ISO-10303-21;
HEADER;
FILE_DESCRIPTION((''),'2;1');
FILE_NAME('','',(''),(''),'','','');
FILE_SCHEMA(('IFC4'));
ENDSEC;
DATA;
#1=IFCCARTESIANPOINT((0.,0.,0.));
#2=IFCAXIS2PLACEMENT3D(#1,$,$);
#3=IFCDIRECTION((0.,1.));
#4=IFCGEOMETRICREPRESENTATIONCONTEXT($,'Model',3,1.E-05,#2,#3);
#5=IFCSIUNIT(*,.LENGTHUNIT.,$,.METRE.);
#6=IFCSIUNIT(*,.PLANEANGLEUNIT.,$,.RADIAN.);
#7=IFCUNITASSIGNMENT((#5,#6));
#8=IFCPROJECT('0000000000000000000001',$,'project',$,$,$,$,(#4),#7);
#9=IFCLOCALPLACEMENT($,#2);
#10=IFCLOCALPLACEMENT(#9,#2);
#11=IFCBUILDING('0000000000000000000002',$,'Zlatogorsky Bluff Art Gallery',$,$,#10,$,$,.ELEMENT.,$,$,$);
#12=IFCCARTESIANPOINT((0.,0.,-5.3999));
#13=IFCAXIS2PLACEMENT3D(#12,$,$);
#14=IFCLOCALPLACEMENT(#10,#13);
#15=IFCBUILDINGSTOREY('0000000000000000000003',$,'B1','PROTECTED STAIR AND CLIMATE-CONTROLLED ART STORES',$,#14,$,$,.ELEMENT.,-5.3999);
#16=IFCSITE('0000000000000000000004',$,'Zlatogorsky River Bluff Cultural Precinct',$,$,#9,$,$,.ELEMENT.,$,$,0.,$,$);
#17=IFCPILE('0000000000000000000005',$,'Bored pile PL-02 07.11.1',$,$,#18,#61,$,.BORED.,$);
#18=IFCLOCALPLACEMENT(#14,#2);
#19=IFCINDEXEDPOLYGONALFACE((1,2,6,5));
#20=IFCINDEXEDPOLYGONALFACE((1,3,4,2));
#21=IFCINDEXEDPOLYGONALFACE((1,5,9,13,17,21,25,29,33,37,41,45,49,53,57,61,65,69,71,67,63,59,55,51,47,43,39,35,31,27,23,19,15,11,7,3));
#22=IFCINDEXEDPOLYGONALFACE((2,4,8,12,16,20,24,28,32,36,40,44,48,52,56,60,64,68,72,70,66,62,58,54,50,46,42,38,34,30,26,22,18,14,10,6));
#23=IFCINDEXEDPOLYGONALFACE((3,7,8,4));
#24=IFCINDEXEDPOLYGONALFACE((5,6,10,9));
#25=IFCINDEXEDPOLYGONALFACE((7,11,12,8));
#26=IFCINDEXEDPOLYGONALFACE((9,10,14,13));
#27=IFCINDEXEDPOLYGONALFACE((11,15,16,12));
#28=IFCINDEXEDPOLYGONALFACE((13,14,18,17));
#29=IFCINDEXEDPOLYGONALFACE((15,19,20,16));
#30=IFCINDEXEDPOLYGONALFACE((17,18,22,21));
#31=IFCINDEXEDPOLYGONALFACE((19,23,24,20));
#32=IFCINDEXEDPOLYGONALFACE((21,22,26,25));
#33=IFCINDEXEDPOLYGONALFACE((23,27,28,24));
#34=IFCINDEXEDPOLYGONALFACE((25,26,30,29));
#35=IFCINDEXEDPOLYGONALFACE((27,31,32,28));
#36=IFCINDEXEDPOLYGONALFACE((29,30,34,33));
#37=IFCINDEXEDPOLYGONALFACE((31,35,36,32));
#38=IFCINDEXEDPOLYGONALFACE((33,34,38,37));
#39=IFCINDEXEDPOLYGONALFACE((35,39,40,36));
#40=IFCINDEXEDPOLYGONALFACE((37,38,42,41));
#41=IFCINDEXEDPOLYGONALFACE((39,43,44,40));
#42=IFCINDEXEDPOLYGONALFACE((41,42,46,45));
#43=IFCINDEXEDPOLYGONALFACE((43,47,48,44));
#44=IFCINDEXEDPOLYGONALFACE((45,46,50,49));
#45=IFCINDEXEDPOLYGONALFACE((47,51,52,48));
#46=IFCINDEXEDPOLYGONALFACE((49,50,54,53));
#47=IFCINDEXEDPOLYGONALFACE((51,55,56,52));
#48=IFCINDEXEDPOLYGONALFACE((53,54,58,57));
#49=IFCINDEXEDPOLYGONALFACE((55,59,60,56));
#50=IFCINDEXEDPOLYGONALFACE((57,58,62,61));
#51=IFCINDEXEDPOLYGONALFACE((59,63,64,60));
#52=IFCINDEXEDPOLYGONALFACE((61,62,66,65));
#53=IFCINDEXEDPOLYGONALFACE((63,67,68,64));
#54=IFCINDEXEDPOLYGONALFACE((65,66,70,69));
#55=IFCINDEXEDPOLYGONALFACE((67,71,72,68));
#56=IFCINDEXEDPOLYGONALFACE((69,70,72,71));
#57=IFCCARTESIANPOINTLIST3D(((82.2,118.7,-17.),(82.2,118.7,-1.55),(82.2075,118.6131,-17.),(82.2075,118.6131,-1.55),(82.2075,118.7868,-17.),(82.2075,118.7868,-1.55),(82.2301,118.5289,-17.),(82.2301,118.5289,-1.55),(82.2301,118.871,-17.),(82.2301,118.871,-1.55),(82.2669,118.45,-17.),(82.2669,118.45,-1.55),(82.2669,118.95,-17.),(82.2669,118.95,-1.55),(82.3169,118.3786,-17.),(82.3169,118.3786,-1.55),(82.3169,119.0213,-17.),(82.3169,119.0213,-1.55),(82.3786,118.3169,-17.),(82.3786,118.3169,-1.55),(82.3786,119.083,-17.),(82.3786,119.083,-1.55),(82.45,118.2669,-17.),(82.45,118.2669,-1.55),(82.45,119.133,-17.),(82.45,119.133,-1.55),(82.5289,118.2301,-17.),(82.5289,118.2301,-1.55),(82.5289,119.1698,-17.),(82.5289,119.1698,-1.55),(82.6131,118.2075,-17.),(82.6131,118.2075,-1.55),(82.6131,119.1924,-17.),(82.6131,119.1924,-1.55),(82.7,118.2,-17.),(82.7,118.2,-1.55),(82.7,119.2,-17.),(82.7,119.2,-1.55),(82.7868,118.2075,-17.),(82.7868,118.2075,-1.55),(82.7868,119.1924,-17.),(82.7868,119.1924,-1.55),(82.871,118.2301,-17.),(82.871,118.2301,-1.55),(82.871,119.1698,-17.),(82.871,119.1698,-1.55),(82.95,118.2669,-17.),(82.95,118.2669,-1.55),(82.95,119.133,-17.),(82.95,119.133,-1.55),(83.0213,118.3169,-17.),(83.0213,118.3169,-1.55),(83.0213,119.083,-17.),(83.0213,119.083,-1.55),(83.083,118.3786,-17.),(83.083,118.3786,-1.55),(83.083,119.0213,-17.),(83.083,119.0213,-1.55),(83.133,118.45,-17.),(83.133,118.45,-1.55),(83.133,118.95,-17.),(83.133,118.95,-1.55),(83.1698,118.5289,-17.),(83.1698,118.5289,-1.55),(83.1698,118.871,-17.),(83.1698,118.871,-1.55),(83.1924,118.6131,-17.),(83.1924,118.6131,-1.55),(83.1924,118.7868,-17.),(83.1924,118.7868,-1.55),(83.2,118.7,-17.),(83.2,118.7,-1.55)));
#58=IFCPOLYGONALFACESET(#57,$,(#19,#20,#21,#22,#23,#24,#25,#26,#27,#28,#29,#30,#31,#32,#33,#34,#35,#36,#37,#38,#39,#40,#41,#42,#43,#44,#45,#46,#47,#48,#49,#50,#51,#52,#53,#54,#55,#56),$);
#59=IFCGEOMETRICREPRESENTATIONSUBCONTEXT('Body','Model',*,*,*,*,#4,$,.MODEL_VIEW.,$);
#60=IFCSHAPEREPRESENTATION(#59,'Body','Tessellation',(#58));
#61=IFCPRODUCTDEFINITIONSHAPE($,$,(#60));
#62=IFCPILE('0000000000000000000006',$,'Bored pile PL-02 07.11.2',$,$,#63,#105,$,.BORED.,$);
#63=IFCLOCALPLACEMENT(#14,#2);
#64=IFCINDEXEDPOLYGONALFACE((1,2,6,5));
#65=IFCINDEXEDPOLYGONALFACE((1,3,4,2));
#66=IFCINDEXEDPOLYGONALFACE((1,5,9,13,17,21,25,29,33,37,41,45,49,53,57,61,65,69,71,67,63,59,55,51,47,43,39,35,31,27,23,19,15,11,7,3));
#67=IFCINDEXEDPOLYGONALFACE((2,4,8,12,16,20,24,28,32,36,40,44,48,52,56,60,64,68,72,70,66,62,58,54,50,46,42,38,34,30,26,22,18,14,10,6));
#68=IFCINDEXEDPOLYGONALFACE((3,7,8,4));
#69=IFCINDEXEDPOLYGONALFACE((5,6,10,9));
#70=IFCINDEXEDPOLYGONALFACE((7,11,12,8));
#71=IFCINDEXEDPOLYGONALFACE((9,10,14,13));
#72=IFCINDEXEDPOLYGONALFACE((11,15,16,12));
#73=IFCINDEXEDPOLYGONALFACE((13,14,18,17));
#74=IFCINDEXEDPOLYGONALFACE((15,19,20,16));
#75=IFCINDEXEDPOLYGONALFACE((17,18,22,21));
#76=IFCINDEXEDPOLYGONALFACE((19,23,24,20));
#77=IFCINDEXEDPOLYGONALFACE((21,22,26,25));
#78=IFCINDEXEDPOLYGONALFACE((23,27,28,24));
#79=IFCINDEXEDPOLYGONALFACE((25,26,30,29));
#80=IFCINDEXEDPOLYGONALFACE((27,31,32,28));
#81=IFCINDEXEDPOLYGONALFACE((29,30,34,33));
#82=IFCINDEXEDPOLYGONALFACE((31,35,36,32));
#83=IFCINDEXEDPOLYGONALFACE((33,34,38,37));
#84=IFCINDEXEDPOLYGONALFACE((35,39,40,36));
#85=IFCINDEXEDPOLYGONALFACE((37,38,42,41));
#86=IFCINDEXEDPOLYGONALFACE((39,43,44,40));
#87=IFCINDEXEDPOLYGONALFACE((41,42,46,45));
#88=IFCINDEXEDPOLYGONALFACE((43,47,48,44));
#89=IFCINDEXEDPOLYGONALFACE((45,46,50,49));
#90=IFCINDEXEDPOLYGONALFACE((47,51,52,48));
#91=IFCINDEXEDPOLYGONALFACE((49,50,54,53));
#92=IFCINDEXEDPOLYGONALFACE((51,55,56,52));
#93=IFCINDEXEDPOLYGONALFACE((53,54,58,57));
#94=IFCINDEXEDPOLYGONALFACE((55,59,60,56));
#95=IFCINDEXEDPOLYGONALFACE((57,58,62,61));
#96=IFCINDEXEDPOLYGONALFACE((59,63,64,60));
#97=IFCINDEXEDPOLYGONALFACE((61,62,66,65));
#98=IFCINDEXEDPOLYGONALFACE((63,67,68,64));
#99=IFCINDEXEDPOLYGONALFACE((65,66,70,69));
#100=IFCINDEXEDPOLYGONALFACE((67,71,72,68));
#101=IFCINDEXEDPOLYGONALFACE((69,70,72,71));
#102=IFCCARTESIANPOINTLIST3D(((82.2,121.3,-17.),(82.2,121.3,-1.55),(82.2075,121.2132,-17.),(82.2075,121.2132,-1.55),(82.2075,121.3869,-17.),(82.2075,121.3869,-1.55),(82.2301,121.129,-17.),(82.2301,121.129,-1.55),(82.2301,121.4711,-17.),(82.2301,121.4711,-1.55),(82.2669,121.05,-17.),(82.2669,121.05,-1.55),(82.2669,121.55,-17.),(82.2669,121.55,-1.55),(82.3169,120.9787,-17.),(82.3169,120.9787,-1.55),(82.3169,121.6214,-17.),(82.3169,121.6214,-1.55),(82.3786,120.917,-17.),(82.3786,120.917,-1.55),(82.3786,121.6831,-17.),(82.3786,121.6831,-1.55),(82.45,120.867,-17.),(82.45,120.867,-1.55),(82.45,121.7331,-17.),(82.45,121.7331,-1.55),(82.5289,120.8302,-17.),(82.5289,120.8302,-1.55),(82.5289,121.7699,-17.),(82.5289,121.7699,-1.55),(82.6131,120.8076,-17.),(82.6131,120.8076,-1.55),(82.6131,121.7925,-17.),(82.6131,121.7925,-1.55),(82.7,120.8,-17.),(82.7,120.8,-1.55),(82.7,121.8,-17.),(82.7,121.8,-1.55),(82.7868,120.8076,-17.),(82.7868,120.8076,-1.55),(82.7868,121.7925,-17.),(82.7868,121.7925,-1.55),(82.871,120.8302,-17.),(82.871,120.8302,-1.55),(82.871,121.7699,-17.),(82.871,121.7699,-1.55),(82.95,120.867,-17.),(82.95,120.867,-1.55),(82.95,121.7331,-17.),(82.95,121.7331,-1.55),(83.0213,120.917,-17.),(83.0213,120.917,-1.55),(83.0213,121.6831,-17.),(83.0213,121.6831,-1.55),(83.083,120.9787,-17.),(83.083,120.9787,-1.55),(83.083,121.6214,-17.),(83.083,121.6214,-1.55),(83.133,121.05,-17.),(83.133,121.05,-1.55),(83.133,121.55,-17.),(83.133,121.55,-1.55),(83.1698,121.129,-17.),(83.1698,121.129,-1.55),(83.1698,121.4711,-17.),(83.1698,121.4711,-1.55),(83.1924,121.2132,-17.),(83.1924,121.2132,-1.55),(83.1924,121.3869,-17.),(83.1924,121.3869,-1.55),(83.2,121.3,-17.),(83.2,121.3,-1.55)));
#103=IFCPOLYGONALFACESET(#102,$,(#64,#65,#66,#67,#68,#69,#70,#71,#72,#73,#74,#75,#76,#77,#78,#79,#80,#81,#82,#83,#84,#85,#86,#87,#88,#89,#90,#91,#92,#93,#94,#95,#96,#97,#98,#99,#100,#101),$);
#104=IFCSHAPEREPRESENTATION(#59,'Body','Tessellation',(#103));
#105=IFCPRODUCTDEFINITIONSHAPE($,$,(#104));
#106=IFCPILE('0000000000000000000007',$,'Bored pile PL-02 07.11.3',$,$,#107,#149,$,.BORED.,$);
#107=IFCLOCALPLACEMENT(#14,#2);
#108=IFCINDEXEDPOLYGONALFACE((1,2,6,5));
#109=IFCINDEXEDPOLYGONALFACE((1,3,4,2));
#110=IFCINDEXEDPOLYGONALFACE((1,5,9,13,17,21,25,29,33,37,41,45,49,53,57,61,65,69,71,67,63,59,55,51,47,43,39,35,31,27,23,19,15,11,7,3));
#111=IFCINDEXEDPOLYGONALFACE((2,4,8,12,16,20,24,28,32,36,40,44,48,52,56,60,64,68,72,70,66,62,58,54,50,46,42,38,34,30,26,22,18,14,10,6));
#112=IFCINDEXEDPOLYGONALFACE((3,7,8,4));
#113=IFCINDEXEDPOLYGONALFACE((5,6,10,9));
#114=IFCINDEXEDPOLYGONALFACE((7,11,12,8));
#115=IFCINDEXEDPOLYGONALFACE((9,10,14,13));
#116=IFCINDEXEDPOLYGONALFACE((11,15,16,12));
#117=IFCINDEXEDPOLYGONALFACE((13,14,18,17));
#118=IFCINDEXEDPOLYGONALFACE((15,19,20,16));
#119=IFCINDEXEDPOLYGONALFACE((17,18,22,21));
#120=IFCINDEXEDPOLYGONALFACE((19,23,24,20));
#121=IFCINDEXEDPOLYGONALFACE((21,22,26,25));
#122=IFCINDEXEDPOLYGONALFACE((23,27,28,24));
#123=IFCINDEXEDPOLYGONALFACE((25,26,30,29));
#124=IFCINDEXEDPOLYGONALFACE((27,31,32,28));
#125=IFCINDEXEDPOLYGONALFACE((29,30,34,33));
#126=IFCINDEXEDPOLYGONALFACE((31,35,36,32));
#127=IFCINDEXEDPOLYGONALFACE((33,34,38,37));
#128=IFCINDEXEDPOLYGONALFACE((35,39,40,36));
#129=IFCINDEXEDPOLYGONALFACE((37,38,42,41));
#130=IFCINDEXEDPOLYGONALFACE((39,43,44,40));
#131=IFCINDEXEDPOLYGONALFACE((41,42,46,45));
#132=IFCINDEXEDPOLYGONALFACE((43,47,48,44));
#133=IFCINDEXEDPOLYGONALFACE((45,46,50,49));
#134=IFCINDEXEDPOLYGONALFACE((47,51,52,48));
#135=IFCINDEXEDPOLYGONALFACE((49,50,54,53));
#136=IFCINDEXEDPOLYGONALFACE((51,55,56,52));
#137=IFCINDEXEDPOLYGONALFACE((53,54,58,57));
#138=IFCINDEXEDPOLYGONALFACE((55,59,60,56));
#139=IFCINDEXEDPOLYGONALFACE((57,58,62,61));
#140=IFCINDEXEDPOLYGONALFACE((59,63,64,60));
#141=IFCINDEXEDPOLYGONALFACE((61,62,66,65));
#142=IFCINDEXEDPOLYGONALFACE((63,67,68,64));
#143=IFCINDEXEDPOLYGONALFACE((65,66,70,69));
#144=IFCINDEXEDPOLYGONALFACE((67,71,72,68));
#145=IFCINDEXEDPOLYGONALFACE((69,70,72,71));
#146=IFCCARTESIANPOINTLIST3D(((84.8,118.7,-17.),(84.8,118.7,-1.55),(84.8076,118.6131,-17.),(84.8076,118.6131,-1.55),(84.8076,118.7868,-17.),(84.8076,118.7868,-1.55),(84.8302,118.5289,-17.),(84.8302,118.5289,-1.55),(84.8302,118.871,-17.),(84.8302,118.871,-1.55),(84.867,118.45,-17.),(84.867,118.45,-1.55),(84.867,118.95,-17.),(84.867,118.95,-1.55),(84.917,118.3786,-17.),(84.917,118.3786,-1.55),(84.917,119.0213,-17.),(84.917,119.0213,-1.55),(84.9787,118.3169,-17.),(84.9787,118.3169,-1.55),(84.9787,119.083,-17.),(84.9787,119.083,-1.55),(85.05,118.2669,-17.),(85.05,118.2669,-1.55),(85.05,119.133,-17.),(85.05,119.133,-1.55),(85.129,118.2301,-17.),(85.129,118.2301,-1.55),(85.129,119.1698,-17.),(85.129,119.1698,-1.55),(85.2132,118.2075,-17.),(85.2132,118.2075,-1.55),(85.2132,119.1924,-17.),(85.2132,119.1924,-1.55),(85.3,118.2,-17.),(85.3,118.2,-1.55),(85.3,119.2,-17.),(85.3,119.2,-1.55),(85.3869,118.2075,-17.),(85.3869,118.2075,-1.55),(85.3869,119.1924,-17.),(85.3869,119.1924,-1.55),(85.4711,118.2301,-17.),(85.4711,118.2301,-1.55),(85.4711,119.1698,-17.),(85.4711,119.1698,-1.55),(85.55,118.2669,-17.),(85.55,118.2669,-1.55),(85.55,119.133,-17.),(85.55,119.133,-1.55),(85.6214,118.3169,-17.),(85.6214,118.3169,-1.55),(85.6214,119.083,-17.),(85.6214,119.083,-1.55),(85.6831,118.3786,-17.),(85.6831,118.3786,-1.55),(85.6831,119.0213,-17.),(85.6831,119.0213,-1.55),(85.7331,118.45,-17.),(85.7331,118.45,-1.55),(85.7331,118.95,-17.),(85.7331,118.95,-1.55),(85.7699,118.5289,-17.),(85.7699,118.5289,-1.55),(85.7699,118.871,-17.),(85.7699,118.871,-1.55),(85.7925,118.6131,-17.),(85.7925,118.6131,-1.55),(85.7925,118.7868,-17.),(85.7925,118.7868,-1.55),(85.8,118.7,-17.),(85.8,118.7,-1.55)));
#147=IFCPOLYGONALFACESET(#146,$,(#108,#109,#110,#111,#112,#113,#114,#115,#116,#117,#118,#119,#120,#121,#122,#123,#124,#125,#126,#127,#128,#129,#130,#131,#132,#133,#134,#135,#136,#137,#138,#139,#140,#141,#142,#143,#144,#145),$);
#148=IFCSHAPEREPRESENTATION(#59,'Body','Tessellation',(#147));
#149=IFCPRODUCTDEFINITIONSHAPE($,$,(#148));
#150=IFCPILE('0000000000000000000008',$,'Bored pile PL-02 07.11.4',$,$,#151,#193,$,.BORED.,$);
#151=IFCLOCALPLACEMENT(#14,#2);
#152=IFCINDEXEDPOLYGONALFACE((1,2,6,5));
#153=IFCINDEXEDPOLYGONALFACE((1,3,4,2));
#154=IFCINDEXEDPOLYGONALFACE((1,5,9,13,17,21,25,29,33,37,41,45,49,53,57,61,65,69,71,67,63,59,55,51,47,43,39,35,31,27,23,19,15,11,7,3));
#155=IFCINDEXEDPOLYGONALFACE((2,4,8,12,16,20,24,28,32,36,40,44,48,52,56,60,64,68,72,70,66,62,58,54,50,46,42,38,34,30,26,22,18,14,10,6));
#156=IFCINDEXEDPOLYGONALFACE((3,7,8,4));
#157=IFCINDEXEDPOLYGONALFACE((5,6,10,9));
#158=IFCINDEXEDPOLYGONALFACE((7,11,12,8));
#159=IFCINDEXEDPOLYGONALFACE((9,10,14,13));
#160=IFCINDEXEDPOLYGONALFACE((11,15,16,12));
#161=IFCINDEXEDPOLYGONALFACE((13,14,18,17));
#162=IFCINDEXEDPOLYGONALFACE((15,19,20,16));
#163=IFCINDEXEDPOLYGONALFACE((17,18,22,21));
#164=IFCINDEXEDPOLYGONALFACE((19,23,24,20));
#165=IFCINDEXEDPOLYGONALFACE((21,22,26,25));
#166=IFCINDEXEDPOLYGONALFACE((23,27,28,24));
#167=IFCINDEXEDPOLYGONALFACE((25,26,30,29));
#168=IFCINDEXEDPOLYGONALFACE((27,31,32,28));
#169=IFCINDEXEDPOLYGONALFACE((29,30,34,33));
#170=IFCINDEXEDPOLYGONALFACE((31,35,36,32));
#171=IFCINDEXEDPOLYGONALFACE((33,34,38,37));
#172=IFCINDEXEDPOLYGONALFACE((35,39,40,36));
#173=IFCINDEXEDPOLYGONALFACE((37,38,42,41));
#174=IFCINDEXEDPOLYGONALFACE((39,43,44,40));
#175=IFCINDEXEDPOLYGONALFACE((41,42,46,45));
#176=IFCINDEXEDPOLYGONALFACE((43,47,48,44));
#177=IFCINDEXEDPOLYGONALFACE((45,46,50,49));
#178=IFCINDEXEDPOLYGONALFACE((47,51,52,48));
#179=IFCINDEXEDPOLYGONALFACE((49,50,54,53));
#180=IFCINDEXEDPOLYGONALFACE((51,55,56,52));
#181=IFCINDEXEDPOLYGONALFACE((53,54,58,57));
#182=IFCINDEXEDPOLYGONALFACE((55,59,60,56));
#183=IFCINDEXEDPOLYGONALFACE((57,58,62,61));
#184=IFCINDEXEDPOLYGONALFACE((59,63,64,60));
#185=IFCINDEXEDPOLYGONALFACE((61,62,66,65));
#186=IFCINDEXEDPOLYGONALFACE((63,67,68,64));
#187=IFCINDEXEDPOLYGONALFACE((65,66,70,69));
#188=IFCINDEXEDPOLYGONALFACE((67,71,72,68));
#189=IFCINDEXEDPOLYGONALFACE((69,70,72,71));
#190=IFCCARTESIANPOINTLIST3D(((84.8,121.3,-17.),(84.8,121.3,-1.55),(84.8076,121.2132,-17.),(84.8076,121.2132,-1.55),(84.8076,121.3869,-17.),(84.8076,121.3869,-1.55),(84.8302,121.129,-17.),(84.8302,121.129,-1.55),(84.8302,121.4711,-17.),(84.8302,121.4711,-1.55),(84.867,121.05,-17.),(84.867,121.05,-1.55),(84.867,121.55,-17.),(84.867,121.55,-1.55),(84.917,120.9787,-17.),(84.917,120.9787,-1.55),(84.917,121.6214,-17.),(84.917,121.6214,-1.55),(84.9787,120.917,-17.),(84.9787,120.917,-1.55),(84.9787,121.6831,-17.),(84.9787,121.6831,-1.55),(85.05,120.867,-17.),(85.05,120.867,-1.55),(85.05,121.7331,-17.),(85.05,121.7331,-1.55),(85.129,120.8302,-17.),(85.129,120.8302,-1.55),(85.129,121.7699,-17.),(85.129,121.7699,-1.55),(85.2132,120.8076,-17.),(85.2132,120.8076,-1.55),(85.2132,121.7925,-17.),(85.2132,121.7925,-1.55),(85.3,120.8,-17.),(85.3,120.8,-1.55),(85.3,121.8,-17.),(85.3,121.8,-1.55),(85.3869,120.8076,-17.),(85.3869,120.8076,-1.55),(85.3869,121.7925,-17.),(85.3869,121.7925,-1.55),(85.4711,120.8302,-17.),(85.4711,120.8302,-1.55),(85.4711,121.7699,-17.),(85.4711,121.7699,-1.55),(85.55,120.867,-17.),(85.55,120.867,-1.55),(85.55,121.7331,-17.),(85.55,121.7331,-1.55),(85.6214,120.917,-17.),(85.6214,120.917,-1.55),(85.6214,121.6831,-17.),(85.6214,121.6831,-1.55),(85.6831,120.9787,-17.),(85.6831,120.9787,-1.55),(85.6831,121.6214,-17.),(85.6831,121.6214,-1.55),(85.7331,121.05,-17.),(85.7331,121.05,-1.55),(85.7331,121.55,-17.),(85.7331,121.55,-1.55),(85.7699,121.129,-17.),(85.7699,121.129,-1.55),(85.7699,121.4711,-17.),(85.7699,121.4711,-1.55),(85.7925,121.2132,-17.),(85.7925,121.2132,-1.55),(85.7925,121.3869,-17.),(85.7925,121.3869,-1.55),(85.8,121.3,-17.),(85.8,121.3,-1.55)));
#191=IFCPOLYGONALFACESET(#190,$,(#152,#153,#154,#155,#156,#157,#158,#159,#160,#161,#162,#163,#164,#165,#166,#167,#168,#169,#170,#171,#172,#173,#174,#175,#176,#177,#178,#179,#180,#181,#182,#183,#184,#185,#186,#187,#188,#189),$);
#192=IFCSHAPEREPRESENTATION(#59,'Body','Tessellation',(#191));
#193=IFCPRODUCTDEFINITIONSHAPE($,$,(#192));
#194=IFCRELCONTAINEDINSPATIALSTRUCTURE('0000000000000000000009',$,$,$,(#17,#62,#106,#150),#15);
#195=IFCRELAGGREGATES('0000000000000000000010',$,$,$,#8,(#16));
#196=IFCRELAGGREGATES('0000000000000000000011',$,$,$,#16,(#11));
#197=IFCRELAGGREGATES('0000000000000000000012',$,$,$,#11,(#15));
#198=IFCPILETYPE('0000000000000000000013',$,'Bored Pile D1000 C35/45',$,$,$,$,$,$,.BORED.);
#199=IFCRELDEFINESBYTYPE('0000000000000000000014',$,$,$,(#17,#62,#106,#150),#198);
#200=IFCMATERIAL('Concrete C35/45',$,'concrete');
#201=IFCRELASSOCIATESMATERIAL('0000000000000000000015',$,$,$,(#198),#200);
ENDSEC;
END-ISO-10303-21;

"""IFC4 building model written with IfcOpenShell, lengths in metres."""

from ifc_helpers import new_model, si_unit, direction, frame, origin, origin_2d, place, context, subcontext, project, spatial, circle, extrude, material, material_profile, profile_set, type_object, element, save


model = new_model("IFC4")

# Units and contexts
model_context = context("Model", 3, precision=1e-05, world=origin(), true_north=direction((0.0, 1.0)))
body_context = subcontext(model_context, "Body", "Model", "MODEL_VIEW")
ifc_project = project(units=[si_unit("LENGTHUNIT", "METRE"), si_unit("PLANEANGLEUNIT", "RADIAN")], contexts=[model_context])

# Site, building, storey
site_placement = place(None, origin())
site = spatial("IfcSite", under=ifc_project, at=site_placement, Name="Zlatogorsky River Bluff Cultural Precinct", CompositionType="ELEMENT", RefElevation=0.0)
building_placement = place(site_placement, origin())
building = spatial("IfcBuilding", under=site, at=building_placement, Name="Zlatogorsky Bluff Art Gallery", CompositionType="ELEMENT")
storey_placement = place(building_placement, frame((0.0, 0.0, -5.3999)))
storey = spatial("IfcBuildingStorey", under=building, at=storey_placement, Name="B1", Description="PROTECTED STAIR AND CLIMATE-CONTROLLED ART STORES", CompositionType="ELEMENT", Elevation=-5.3999)

# Piles
ifc_material_1 = material(Name="Concrete C35/45", Category="concrete")
ifc_material_profile_1 = material_profile(ifc_material_1, circle(Radius=0.5, at=origin_2d()), Name="BORED PILE D1000")
ifc_profile_set_1 = profile_set([ifc_material_profile_1], Name="Concrete C35/45")
pile_type = type_object("IfcPileType", Name="Bored Pile D1000 C35/45", PredefinedType="BORED", material=ifc_profile_set_1)
for number, where, z_axis, x_axis, name in (
    (1, (82.7, 118.7, -1.55), (0.0, 0.0, -1.0), (1.0, 0.0, 0.0), "Bored pile PL-02 07.11.1"),
    (2, (82.7, 121.3, -1.55), (0.0, 0.0, -1.0), (1.0, 0.0, 0.0), "Bored pile PL-02 07.11.2"),
    (3, (85.3, 118.7, -1.55), (0.0, 0.0, -1.0), (1.0, 0.0, 0.0), "Bored pile PL-02 07.11.3"),
    (4, (85.3, 121.3, -1.55), (0.0, 0.0, -1.0), (1.0, 0.0, 0.0), "Bored pile PL-02 07.11.4"),
):
    element("IfcPile", number, at=place(storey_placement, frame(where, z_axis=z_axis, x_axis=x_axis)), inside=storey, type_object=pile_type, Name=name, PredefinedType="BORED", context=body_context, shape_type="SweptSolid", body=[
        extrude(circle(Radius=0.5, at=origin_2d()), origin(), (0.0, 0.0, 1.0), 15.45),
    ])

save(model, "model.ifc")
